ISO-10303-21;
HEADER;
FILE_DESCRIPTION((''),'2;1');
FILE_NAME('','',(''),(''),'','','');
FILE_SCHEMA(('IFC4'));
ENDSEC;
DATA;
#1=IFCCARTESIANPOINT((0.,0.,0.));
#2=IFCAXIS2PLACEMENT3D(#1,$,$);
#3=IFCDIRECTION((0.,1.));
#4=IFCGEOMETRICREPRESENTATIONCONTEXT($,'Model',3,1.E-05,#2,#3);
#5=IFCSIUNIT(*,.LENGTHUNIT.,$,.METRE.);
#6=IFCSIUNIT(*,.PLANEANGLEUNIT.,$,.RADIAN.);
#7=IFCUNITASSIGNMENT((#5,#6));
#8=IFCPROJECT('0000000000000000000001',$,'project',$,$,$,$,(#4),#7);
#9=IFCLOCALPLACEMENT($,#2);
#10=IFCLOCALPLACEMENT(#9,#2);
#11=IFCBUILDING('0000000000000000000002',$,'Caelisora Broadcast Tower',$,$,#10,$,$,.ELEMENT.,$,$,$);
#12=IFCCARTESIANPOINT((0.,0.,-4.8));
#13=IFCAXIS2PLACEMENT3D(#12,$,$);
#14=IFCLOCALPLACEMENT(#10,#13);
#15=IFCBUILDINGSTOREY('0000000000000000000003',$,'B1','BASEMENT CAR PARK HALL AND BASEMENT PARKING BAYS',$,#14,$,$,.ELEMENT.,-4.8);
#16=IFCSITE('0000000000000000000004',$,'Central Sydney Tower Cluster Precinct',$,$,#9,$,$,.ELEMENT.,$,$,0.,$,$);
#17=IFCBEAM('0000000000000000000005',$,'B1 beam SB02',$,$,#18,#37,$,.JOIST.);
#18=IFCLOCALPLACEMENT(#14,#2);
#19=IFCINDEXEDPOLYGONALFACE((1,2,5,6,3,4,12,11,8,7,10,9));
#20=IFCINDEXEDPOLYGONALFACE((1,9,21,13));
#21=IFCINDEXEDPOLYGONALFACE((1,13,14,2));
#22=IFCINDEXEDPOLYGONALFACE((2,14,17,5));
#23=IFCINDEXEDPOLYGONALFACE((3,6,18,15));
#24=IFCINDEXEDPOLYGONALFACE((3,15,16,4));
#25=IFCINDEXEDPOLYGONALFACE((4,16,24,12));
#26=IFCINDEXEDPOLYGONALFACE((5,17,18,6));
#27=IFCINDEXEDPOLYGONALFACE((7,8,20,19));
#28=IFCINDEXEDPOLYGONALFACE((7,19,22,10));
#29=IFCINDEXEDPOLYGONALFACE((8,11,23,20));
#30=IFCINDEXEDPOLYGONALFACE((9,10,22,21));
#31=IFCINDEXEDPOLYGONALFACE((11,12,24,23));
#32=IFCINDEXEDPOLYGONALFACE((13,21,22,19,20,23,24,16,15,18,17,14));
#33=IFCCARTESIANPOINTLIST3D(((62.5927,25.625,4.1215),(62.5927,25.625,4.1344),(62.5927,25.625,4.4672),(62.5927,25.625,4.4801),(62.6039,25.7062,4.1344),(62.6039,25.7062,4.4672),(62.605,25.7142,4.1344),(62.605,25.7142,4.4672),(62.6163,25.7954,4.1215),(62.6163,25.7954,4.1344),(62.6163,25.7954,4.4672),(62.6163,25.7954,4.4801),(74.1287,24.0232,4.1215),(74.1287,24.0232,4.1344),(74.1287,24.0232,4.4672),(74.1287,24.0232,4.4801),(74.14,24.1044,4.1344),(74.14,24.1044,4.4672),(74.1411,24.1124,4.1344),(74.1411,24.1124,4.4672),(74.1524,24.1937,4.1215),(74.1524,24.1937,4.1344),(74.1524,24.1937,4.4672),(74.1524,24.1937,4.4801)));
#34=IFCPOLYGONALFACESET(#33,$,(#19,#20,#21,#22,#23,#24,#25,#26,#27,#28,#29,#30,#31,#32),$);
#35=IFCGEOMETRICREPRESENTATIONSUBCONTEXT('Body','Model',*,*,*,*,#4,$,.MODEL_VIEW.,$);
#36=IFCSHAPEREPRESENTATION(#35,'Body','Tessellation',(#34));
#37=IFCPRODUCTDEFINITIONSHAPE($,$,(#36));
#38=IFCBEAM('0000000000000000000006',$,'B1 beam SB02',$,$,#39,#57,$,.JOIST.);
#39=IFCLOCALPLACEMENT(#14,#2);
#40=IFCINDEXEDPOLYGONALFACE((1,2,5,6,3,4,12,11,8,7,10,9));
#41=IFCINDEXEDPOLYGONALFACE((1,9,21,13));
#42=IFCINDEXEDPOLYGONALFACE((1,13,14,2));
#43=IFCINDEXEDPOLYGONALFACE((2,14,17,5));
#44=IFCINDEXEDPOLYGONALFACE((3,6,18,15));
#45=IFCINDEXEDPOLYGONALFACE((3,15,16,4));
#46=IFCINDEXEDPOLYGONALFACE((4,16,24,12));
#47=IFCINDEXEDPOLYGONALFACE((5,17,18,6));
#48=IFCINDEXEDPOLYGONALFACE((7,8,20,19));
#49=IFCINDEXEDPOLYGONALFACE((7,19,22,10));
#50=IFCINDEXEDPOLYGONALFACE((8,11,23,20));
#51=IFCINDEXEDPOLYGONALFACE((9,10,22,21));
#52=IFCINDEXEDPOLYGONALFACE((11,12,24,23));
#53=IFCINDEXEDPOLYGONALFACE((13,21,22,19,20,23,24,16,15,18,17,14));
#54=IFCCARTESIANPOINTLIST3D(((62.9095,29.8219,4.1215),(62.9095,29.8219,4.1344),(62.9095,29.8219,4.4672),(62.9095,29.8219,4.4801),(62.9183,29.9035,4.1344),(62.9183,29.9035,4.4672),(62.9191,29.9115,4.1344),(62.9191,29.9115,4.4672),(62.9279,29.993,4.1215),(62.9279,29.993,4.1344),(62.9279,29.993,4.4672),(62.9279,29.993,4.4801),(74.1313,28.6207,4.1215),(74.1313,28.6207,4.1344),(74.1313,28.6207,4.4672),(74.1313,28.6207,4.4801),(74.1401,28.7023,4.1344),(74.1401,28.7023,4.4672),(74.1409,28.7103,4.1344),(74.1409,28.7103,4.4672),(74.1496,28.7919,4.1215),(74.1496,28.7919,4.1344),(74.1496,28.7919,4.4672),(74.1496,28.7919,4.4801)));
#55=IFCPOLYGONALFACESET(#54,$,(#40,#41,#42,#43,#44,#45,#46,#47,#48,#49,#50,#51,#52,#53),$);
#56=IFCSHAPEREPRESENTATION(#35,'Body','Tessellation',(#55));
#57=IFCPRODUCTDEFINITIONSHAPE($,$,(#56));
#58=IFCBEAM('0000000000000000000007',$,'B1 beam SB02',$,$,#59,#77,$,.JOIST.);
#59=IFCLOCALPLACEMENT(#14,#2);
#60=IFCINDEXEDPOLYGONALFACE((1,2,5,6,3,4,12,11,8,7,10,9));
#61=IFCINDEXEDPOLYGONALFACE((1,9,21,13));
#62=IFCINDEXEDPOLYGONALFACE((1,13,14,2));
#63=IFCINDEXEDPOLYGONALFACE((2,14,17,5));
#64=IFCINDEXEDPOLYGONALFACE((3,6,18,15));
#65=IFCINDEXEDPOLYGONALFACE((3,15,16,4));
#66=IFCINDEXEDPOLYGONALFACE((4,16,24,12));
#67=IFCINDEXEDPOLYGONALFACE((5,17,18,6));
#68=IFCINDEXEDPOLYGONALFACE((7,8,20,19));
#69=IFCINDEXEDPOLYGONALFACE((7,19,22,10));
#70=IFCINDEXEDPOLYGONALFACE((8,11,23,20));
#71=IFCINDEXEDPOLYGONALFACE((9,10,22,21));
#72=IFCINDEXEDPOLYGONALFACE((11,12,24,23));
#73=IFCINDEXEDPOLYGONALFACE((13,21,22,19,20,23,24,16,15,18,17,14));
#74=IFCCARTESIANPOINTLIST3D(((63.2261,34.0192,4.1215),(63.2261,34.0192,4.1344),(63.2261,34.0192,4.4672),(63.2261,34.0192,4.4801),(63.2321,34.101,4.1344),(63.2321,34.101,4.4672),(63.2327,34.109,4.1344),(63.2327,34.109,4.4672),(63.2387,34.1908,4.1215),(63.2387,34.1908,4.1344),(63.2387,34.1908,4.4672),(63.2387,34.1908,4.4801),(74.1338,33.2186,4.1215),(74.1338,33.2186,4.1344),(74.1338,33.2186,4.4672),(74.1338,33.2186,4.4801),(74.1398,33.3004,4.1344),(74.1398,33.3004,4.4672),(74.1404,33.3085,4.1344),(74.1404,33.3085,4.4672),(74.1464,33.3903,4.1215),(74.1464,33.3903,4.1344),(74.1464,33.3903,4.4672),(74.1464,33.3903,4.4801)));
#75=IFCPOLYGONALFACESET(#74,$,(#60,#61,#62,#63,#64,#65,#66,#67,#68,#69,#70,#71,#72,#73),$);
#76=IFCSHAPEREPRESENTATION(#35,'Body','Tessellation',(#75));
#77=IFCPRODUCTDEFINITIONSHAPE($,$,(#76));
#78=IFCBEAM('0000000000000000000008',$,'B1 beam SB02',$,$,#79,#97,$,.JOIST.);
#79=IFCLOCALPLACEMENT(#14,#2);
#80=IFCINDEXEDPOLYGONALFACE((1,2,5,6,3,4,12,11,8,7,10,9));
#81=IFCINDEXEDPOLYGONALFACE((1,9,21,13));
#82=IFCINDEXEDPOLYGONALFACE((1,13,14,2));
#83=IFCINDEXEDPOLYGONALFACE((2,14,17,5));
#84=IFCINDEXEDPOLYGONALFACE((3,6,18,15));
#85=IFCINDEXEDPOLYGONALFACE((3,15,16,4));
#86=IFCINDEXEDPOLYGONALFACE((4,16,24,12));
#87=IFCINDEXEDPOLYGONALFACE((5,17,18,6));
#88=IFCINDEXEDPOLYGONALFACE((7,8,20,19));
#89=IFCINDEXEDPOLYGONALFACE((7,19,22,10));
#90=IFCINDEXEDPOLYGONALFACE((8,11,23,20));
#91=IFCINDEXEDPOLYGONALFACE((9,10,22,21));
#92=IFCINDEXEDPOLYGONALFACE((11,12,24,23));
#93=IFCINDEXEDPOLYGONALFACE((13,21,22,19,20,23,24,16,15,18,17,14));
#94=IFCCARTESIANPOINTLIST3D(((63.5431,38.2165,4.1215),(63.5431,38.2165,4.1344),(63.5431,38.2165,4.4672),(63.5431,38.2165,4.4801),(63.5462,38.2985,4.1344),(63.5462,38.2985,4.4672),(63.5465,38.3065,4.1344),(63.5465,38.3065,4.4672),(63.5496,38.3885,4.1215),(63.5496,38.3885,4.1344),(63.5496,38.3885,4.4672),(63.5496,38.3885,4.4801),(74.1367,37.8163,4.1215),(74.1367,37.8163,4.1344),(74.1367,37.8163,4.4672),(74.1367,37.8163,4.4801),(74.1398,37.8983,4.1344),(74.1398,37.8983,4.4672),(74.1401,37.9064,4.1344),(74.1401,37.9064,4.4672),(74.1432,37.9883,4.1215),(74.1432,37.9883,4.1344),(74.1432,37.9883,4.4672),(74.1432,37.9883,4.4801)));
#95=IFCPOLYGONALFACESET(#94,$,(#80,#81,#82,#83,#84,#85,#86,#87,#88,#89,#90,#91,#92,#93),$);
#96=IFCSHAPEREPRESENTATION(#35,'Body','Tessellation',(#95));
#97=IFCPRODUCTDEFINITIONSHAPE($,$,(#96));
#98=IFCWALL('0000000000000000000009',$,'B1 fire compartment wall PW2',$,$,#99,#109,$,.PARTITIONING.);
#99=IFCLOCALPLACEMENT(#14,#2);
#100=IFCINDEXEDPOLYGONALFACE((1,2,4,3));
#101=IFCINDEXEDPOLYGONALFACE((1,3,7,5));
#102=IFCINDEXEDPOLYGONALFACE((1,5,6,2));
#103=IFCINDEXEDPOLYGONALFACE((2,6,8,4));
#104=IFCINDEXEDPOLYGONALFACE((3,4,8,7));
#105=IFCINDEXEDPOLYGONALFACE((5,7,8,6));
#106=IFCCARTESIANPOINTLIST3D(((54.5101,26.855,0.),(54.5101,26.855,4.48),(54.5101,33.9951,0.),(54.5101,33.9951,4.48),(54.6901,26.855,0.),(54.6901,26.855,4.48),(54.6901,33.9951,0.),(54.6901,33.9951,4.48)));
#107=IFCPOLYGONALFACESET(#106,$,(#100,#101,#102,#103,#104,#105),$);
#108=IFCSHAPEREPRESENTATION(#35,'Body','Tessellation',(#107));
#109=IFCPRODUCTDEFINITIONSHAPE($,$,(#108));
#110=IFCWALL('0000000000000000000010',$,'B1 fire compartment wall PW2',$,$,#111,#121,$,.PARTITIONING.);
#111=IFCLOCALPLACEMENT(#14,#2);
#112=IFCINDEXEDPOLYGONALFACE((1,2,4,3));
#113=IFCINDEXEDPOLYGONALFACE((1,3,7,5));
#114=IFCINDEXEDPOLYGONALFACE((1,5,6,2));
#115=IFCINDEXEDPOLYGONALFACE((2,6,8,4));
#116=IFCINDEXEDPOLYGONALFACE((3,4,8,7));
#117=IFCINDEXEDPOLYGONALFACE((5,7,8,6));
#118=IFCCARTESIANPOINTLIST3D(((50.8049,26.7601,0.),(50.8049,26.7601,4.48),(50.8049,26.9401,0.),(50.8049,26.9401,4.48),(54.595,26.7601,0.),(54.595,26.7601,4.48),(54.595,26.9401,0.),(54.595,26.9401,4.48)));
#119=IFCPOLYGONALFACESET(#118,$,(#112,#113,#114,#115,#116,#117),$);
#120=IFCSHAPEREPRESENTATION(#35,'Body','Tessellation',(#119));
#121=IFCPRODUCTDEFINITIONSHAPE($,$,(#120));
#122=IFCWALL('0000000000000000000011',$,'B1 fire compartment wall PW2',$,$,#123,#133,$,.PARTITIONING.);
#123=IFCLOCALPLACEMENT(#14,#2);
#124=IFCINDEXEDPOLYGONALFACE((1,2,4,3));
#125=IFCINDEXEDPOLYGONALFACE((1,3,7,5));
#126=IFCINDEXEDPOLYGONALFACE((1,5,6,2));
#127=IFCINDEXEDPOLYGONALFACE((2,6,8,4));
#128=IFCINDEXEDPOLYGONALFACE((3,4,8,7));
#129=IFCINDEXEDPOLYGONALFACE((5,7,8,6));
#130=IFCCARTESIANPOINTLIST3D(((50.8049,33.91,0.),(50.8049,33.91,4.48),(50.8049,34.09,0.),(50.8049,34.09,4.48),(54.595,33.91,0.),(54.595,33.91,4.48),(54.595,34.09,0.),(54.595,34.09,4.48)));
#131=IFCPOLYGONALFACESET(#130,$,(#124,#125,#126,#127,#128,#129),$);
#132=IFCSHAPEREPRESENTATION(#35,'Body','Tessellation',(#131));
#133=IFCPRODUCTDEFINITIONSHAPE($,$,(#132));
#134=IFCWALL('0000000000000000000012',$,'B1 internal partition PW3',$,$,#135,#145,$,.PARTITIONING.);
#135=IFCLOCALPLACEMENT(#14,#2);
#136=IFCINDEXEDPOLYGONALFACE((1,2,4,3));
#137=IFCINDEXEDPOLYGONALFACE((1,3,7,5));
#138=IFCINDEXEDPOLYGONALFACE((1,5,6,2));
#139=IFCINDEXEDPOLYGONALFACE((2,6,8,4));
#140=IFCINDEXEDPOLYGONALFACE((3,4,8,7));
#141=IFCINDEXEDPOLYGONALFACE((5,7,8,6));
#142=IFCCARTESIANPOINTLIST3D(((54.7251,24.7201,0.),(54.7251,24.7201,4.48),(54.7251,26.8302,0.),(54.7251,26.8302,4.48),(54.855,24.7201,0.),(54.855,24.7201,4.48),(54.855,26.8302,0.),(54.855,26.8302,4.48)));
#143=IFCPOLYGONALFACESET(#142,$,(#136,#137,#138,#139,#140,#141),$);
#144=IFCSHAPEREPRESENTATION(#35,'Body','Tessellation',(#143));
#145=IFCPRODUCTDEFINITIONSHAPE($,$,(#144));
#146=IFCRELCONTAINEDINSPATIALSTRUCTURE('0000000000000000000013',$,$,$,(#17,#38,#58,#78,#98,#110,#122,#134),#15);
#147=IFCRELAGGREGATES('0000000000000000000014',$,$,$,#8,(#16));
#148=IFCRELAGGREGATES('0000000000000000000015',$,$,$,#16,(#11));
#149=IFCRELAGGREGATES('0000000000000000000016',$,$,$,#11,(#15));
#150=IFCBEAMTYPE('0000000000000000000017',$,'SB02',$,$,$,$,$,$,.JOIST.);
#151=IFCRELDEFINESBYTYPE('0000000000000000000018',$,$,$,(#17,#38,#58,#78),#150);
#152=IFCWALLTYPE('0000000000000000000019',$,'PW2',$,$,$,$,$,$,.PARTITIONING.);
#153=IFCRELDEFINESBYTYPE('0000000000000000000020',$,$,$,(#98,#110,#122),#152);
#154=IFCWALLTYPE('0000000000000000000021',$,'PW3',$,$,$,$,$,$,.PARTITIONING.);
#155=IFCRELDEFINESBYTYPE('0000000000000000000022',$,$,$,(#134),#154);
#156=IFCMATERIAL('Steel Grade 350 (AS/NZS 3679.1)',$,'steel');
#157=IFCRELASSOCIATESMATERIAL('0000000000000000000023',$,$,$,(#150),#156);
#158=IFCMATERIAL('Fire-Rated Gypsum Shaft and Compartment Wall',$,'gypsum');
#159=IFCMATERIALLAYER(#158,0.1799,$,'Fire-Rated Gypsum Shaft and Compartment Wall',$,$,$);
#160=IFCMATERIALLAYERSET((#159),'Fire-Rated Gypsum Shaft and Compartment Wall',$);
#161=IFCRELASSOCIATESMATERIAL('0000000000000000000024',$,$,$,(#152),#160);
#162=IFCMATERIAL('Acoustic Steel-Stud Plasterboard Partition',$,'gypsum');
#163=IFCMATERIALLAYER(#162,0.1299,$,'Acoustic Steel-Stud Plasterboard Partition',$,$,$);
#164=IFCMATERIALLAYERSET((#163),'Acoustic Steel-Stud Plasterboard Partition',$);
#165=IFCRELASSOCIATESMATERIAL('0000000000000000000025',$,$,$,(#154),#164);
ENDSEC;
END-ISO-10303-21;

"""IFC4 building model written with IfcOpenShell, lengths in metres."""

from ifc_helpers import new_model, si_unit, direction, frame, frame_2d, origin, origin_2d, place, context, subcontext, project, spatial, rectangle, i_section, extrude, source, transform, mapped, material, layer, layer_set, material_profile, profile_set, type_object, type_shapes, element, save


model = new_model("IFC4")

# Units and contexts
model_context = context("Model", 3, precision=1e-05, world=origin(), true_north=direction((0.0, 1.0)))
body_context = subcontext(model_context, "Body", "Model", "MODEL_VIEW")
ifc_project = project(units=[si_unit("LENGTHUNIT", "METRE"), si_unit("PLANEANGLEUNIT", "RADIAN")], contexts=[model_context])

# Site, building, storey
site_placement = place(None, origin())
site = spatial("IfcSite", under=ifc_project, at=site_placement, Name="Central Sydney Tower Cluster Precinct", CompositionType="ELEMENT", RefElevation=0.0)
building_placement = place(site_placement, origin())
building = spatial("IfcBuilding", under=site, at=building_placement, Name="Caelisora Broadcast Tower", CompositionType="ELEMENT")
storey_placement = place(building_placement, frame((0.0, 0.0, -4.8)))
storey = spatial("IfcBuildingStorey", under=building, at=storey_placement, Name="B1", Description="BASEMENT CAR PARK HALL AND BASEMENT PARKING BAYS", CompositionType="ELEMENT", Elevation=-4.8)

# Beams
ifc_material_1 = material(Name="Steel Grade 350 (AS/NZS 3679.1)", Category="steel")
ifc_material_profile_1 = material_profile(ifc_material_1, i_section(OverallWidth=0.1721, OverallDepth=0.3586, WebThickness=0.0081, FlangeThickness=0.0129, at=origin_2d()), Name="Steel Grade 350 (AS/NZS 3679.1)")
ifc_profile_set_1 = profile_set([ifc_material_profile_1], Name="Steel Grade 350 (AS/NZS 3679.1)")
beam_type_1 = type_object("IfcBeamType", Name="SB02", PredefinedType="JOIST", material=ifc_profile_set_1)
shared_shape_1 = source(origin(), body_context, "Body", "SweptSolid", [
    extrude(i_section(OverallWidth=0.1721, OverallDepth=0.3586, WebThickness=0.0081, FlangeThickness=0.0129, at=origin_2d()), origin(), (0.0, 0.0, 1.0), 11.6467),
])
beam_1_placement = place(storey_placement, frame((62.6045, 25.7102, 4.3008), z_axis=(0.990497, -0.137532, 0.0), x_axis=(0.137532, 0.990497, 0.0)))
element("IfcBeam", 1, at=beam_1_placement, inside=storey, type_object=beam_type_1, Name="B1 beam SB02", PredefinedType="JOIST", context=body_context, shape_type="MappedRepresentation", body=[
    mapped(shared_shape_1, transform((0.0, 0.0, 0.0), scale=1.0)),
])
shared_shape_2 = source(origin(), body_context, "Body", "SweptSolid", [
    extrude(i_section(OverallWidth=0.1721, OverallDepth=0.3586, WebThickness=0.0081, FlangeThickness=0.0129, at=origin_2d()), origin(), (0.0, 0.0, 1.0), 11.2859),
])
beam_2_placement = place(storey_placement, frame((62.9187, 29.9075, 4.3008), z_axis=(0.99432, -0.106432, 0.0), x_axis=(0.106432, 0.99432, 0.0)))
element("IfcBeam", 2, at=beam_2_placement, inside=storey, type_object=beam_type_1, Name="B1 beam SB02", PredefinedType="JOIST", context=body_context, shape_type="MappedRepresentation", body=[
    mapped(shared_shape_2, transform((0.0, 0.0, 0.0), scale=1.0)),
])
shared_shape_3 = source(origin(), body_context, "Body", "SweptSolid", [
    extrude(i_section(OverallWidth=0.1721, OverallDepth=0.3586, WebThickness=0.0081, FlangeThickness=0.0129, at=origin_2d()), origin(), (0.0, 0.0, 1.0), 10.937),
])
beam_3_placement = place(storey_placement, frame((63.2324, 34.105, 4.3008), z_axis=(0.997318, -0.073195, 0.0), x_axis=(0.073195, 0.997318, 0.0)))
element("IfcBeam", 3, at=beam_3_placement, inside=storey, type_object=beam_type_1, Name="B1 beam SB02", PredefinedType="JOIST", context=body_context, shape_type="MappedRepresentation", body=[
    mapped(shared_shape_3, transform((0.0, 0.0, 0.0), scale=1.0)),
])
shared_shape_4 = source(origin(), body_context, "Body", "SweptSolid", [
    extrude(i_section(OverallWidth=0.1721, OverallDepth=0.3586, WebThickness=0.0081, FlangeThickness=0.0129, at=origin_2d()), origin(), (0.0, 0.0, 1.0), 10.6011),
])
type_shapes(beam_type_1, [shared_shape_1, shared_shape_2, shared_shape_3, shared_shape_4])
beam_4_placement = place(storey_placement, frame((63.5464, 38.3025, 4.3008), z_axis=(0.999287, -0.037746, 0.0), x_axis=(0.037746, 0.999287, 0.0)))
element("IfcBeam", 4, at=beam_4_placement, inside=storey, type_object=beam_type_1, Name="B1 beam SB02", PredefinedType="JOIST", context=body_context, shape_type="MappedRepresentation", body=[
    mapped(shared_shape_4, transform((0.0, 0.0, 0.0), scale=1.0)),
])

# Walls
ifc_material_2 = material(Name="Fire-Rated Gypsum Shaft and Compartment Wall", Category="gypsum")
ifc_layer_1 = layer(ifc_material_2, 0.1799, Name="Fire-Rated Gypsum Shaft and Compartment Wall")
ifc_layer_set_1 = layer_set([ifc_layer_1], Name="Fire-Rated Gypsum Shaft and Compartment Wall")
wall_type_1 = type_object("IfcWallType", Name="PW2", PredefinedType="PARTITIONING", material=ifc_layer_set_1)
wall_1_placement = place(storey_placement, frame((54.6001, 33.9951, 0.0), z_axis=(0.0, 0.0, 1.0), x_axis=(0.0, -1.0, 0.0)))
element("IfcWall", 5, at=wall_1_placement, inside=storey, type_object=wall_type_1, Name="B1 fire compartment wall PW2", PredefinedType="PARTITIONING", context=body_context, shape_type="SweptSolid", body=[
    extrude(rectangle(XDim=7.1401, YDim=0.1799, at=frame_2d((3.5701, 0.0))), origin(), (0.0, 0.0, 1.0), 4.48),
])
for number, where, z_axis, x_axis, name in (
    (6, (54.595, 26.8501, 0.0), (0.0, 0.0, 1.0), (-1.0, 0.0, 0.0), "B1 fire compartment wall PW2"),
    (7, (50.8049, 34.0, 0.0), (0.0, 0.0, 1.0), (1.0, 0.0, 0.0), "B1 fire compartment wall PW2"),
):
    element("IfcWall", number, at=place(storey_placement, frame(where, z_axis=z_axis, x_axis=x_axis)), inside=storey, type_object=wall_type_1, Name=name, PredefinedType="PARTITIONING", context=body_context, shape_type="SweptSolid", body=[
        extrude(rectangle(XDim=3.79, YDim=0.1799, at=frame_2d((1.895, 0.0))), origin(), (0.0, 0.0, 1.0), 4.48),
    ])
ifc_material_3 = material(Name="Acoustic Steel-Stud Plasterboard Partition", Category="gypsum")
ifc_layer_2 = layer(ifc_material_3, 0.1299, Name="Acoustic Steel-Stud Plasterboard Partition")
ifc_layer_set_2 = layer_set([ifc_layer_2], Name="Acoustic Steel-Stud Plasterboard Partition")
wall_type_2 = type_object("IfcWallType", Name="PW3", PredefinedType="PARTITIONING", material=ifc_layer_set_2)
wall_2_placement = place(storey_placement, frame((54.79, 24.72, 0.0), z_axis=(0.0, 0.0, 1.0), x_axis=(0.0, 1.0, 0.0)))
element("IfcWall", 8, at=wall_2_placement, inside=storey, type_object=wall_type_2, Name="B1 internal partition PW3", PredefinedType="PARTITIONING", context=body_context, shape_type="SweptSolid", body=[
    extrude(rectangle(XDim=2.1101, YDim=0.1299, at=frame_2d((1.0552, 0.0))), origin(), (0.0, 0.0, 1.0), 4.48),
])

save(model, "model.ifc")
